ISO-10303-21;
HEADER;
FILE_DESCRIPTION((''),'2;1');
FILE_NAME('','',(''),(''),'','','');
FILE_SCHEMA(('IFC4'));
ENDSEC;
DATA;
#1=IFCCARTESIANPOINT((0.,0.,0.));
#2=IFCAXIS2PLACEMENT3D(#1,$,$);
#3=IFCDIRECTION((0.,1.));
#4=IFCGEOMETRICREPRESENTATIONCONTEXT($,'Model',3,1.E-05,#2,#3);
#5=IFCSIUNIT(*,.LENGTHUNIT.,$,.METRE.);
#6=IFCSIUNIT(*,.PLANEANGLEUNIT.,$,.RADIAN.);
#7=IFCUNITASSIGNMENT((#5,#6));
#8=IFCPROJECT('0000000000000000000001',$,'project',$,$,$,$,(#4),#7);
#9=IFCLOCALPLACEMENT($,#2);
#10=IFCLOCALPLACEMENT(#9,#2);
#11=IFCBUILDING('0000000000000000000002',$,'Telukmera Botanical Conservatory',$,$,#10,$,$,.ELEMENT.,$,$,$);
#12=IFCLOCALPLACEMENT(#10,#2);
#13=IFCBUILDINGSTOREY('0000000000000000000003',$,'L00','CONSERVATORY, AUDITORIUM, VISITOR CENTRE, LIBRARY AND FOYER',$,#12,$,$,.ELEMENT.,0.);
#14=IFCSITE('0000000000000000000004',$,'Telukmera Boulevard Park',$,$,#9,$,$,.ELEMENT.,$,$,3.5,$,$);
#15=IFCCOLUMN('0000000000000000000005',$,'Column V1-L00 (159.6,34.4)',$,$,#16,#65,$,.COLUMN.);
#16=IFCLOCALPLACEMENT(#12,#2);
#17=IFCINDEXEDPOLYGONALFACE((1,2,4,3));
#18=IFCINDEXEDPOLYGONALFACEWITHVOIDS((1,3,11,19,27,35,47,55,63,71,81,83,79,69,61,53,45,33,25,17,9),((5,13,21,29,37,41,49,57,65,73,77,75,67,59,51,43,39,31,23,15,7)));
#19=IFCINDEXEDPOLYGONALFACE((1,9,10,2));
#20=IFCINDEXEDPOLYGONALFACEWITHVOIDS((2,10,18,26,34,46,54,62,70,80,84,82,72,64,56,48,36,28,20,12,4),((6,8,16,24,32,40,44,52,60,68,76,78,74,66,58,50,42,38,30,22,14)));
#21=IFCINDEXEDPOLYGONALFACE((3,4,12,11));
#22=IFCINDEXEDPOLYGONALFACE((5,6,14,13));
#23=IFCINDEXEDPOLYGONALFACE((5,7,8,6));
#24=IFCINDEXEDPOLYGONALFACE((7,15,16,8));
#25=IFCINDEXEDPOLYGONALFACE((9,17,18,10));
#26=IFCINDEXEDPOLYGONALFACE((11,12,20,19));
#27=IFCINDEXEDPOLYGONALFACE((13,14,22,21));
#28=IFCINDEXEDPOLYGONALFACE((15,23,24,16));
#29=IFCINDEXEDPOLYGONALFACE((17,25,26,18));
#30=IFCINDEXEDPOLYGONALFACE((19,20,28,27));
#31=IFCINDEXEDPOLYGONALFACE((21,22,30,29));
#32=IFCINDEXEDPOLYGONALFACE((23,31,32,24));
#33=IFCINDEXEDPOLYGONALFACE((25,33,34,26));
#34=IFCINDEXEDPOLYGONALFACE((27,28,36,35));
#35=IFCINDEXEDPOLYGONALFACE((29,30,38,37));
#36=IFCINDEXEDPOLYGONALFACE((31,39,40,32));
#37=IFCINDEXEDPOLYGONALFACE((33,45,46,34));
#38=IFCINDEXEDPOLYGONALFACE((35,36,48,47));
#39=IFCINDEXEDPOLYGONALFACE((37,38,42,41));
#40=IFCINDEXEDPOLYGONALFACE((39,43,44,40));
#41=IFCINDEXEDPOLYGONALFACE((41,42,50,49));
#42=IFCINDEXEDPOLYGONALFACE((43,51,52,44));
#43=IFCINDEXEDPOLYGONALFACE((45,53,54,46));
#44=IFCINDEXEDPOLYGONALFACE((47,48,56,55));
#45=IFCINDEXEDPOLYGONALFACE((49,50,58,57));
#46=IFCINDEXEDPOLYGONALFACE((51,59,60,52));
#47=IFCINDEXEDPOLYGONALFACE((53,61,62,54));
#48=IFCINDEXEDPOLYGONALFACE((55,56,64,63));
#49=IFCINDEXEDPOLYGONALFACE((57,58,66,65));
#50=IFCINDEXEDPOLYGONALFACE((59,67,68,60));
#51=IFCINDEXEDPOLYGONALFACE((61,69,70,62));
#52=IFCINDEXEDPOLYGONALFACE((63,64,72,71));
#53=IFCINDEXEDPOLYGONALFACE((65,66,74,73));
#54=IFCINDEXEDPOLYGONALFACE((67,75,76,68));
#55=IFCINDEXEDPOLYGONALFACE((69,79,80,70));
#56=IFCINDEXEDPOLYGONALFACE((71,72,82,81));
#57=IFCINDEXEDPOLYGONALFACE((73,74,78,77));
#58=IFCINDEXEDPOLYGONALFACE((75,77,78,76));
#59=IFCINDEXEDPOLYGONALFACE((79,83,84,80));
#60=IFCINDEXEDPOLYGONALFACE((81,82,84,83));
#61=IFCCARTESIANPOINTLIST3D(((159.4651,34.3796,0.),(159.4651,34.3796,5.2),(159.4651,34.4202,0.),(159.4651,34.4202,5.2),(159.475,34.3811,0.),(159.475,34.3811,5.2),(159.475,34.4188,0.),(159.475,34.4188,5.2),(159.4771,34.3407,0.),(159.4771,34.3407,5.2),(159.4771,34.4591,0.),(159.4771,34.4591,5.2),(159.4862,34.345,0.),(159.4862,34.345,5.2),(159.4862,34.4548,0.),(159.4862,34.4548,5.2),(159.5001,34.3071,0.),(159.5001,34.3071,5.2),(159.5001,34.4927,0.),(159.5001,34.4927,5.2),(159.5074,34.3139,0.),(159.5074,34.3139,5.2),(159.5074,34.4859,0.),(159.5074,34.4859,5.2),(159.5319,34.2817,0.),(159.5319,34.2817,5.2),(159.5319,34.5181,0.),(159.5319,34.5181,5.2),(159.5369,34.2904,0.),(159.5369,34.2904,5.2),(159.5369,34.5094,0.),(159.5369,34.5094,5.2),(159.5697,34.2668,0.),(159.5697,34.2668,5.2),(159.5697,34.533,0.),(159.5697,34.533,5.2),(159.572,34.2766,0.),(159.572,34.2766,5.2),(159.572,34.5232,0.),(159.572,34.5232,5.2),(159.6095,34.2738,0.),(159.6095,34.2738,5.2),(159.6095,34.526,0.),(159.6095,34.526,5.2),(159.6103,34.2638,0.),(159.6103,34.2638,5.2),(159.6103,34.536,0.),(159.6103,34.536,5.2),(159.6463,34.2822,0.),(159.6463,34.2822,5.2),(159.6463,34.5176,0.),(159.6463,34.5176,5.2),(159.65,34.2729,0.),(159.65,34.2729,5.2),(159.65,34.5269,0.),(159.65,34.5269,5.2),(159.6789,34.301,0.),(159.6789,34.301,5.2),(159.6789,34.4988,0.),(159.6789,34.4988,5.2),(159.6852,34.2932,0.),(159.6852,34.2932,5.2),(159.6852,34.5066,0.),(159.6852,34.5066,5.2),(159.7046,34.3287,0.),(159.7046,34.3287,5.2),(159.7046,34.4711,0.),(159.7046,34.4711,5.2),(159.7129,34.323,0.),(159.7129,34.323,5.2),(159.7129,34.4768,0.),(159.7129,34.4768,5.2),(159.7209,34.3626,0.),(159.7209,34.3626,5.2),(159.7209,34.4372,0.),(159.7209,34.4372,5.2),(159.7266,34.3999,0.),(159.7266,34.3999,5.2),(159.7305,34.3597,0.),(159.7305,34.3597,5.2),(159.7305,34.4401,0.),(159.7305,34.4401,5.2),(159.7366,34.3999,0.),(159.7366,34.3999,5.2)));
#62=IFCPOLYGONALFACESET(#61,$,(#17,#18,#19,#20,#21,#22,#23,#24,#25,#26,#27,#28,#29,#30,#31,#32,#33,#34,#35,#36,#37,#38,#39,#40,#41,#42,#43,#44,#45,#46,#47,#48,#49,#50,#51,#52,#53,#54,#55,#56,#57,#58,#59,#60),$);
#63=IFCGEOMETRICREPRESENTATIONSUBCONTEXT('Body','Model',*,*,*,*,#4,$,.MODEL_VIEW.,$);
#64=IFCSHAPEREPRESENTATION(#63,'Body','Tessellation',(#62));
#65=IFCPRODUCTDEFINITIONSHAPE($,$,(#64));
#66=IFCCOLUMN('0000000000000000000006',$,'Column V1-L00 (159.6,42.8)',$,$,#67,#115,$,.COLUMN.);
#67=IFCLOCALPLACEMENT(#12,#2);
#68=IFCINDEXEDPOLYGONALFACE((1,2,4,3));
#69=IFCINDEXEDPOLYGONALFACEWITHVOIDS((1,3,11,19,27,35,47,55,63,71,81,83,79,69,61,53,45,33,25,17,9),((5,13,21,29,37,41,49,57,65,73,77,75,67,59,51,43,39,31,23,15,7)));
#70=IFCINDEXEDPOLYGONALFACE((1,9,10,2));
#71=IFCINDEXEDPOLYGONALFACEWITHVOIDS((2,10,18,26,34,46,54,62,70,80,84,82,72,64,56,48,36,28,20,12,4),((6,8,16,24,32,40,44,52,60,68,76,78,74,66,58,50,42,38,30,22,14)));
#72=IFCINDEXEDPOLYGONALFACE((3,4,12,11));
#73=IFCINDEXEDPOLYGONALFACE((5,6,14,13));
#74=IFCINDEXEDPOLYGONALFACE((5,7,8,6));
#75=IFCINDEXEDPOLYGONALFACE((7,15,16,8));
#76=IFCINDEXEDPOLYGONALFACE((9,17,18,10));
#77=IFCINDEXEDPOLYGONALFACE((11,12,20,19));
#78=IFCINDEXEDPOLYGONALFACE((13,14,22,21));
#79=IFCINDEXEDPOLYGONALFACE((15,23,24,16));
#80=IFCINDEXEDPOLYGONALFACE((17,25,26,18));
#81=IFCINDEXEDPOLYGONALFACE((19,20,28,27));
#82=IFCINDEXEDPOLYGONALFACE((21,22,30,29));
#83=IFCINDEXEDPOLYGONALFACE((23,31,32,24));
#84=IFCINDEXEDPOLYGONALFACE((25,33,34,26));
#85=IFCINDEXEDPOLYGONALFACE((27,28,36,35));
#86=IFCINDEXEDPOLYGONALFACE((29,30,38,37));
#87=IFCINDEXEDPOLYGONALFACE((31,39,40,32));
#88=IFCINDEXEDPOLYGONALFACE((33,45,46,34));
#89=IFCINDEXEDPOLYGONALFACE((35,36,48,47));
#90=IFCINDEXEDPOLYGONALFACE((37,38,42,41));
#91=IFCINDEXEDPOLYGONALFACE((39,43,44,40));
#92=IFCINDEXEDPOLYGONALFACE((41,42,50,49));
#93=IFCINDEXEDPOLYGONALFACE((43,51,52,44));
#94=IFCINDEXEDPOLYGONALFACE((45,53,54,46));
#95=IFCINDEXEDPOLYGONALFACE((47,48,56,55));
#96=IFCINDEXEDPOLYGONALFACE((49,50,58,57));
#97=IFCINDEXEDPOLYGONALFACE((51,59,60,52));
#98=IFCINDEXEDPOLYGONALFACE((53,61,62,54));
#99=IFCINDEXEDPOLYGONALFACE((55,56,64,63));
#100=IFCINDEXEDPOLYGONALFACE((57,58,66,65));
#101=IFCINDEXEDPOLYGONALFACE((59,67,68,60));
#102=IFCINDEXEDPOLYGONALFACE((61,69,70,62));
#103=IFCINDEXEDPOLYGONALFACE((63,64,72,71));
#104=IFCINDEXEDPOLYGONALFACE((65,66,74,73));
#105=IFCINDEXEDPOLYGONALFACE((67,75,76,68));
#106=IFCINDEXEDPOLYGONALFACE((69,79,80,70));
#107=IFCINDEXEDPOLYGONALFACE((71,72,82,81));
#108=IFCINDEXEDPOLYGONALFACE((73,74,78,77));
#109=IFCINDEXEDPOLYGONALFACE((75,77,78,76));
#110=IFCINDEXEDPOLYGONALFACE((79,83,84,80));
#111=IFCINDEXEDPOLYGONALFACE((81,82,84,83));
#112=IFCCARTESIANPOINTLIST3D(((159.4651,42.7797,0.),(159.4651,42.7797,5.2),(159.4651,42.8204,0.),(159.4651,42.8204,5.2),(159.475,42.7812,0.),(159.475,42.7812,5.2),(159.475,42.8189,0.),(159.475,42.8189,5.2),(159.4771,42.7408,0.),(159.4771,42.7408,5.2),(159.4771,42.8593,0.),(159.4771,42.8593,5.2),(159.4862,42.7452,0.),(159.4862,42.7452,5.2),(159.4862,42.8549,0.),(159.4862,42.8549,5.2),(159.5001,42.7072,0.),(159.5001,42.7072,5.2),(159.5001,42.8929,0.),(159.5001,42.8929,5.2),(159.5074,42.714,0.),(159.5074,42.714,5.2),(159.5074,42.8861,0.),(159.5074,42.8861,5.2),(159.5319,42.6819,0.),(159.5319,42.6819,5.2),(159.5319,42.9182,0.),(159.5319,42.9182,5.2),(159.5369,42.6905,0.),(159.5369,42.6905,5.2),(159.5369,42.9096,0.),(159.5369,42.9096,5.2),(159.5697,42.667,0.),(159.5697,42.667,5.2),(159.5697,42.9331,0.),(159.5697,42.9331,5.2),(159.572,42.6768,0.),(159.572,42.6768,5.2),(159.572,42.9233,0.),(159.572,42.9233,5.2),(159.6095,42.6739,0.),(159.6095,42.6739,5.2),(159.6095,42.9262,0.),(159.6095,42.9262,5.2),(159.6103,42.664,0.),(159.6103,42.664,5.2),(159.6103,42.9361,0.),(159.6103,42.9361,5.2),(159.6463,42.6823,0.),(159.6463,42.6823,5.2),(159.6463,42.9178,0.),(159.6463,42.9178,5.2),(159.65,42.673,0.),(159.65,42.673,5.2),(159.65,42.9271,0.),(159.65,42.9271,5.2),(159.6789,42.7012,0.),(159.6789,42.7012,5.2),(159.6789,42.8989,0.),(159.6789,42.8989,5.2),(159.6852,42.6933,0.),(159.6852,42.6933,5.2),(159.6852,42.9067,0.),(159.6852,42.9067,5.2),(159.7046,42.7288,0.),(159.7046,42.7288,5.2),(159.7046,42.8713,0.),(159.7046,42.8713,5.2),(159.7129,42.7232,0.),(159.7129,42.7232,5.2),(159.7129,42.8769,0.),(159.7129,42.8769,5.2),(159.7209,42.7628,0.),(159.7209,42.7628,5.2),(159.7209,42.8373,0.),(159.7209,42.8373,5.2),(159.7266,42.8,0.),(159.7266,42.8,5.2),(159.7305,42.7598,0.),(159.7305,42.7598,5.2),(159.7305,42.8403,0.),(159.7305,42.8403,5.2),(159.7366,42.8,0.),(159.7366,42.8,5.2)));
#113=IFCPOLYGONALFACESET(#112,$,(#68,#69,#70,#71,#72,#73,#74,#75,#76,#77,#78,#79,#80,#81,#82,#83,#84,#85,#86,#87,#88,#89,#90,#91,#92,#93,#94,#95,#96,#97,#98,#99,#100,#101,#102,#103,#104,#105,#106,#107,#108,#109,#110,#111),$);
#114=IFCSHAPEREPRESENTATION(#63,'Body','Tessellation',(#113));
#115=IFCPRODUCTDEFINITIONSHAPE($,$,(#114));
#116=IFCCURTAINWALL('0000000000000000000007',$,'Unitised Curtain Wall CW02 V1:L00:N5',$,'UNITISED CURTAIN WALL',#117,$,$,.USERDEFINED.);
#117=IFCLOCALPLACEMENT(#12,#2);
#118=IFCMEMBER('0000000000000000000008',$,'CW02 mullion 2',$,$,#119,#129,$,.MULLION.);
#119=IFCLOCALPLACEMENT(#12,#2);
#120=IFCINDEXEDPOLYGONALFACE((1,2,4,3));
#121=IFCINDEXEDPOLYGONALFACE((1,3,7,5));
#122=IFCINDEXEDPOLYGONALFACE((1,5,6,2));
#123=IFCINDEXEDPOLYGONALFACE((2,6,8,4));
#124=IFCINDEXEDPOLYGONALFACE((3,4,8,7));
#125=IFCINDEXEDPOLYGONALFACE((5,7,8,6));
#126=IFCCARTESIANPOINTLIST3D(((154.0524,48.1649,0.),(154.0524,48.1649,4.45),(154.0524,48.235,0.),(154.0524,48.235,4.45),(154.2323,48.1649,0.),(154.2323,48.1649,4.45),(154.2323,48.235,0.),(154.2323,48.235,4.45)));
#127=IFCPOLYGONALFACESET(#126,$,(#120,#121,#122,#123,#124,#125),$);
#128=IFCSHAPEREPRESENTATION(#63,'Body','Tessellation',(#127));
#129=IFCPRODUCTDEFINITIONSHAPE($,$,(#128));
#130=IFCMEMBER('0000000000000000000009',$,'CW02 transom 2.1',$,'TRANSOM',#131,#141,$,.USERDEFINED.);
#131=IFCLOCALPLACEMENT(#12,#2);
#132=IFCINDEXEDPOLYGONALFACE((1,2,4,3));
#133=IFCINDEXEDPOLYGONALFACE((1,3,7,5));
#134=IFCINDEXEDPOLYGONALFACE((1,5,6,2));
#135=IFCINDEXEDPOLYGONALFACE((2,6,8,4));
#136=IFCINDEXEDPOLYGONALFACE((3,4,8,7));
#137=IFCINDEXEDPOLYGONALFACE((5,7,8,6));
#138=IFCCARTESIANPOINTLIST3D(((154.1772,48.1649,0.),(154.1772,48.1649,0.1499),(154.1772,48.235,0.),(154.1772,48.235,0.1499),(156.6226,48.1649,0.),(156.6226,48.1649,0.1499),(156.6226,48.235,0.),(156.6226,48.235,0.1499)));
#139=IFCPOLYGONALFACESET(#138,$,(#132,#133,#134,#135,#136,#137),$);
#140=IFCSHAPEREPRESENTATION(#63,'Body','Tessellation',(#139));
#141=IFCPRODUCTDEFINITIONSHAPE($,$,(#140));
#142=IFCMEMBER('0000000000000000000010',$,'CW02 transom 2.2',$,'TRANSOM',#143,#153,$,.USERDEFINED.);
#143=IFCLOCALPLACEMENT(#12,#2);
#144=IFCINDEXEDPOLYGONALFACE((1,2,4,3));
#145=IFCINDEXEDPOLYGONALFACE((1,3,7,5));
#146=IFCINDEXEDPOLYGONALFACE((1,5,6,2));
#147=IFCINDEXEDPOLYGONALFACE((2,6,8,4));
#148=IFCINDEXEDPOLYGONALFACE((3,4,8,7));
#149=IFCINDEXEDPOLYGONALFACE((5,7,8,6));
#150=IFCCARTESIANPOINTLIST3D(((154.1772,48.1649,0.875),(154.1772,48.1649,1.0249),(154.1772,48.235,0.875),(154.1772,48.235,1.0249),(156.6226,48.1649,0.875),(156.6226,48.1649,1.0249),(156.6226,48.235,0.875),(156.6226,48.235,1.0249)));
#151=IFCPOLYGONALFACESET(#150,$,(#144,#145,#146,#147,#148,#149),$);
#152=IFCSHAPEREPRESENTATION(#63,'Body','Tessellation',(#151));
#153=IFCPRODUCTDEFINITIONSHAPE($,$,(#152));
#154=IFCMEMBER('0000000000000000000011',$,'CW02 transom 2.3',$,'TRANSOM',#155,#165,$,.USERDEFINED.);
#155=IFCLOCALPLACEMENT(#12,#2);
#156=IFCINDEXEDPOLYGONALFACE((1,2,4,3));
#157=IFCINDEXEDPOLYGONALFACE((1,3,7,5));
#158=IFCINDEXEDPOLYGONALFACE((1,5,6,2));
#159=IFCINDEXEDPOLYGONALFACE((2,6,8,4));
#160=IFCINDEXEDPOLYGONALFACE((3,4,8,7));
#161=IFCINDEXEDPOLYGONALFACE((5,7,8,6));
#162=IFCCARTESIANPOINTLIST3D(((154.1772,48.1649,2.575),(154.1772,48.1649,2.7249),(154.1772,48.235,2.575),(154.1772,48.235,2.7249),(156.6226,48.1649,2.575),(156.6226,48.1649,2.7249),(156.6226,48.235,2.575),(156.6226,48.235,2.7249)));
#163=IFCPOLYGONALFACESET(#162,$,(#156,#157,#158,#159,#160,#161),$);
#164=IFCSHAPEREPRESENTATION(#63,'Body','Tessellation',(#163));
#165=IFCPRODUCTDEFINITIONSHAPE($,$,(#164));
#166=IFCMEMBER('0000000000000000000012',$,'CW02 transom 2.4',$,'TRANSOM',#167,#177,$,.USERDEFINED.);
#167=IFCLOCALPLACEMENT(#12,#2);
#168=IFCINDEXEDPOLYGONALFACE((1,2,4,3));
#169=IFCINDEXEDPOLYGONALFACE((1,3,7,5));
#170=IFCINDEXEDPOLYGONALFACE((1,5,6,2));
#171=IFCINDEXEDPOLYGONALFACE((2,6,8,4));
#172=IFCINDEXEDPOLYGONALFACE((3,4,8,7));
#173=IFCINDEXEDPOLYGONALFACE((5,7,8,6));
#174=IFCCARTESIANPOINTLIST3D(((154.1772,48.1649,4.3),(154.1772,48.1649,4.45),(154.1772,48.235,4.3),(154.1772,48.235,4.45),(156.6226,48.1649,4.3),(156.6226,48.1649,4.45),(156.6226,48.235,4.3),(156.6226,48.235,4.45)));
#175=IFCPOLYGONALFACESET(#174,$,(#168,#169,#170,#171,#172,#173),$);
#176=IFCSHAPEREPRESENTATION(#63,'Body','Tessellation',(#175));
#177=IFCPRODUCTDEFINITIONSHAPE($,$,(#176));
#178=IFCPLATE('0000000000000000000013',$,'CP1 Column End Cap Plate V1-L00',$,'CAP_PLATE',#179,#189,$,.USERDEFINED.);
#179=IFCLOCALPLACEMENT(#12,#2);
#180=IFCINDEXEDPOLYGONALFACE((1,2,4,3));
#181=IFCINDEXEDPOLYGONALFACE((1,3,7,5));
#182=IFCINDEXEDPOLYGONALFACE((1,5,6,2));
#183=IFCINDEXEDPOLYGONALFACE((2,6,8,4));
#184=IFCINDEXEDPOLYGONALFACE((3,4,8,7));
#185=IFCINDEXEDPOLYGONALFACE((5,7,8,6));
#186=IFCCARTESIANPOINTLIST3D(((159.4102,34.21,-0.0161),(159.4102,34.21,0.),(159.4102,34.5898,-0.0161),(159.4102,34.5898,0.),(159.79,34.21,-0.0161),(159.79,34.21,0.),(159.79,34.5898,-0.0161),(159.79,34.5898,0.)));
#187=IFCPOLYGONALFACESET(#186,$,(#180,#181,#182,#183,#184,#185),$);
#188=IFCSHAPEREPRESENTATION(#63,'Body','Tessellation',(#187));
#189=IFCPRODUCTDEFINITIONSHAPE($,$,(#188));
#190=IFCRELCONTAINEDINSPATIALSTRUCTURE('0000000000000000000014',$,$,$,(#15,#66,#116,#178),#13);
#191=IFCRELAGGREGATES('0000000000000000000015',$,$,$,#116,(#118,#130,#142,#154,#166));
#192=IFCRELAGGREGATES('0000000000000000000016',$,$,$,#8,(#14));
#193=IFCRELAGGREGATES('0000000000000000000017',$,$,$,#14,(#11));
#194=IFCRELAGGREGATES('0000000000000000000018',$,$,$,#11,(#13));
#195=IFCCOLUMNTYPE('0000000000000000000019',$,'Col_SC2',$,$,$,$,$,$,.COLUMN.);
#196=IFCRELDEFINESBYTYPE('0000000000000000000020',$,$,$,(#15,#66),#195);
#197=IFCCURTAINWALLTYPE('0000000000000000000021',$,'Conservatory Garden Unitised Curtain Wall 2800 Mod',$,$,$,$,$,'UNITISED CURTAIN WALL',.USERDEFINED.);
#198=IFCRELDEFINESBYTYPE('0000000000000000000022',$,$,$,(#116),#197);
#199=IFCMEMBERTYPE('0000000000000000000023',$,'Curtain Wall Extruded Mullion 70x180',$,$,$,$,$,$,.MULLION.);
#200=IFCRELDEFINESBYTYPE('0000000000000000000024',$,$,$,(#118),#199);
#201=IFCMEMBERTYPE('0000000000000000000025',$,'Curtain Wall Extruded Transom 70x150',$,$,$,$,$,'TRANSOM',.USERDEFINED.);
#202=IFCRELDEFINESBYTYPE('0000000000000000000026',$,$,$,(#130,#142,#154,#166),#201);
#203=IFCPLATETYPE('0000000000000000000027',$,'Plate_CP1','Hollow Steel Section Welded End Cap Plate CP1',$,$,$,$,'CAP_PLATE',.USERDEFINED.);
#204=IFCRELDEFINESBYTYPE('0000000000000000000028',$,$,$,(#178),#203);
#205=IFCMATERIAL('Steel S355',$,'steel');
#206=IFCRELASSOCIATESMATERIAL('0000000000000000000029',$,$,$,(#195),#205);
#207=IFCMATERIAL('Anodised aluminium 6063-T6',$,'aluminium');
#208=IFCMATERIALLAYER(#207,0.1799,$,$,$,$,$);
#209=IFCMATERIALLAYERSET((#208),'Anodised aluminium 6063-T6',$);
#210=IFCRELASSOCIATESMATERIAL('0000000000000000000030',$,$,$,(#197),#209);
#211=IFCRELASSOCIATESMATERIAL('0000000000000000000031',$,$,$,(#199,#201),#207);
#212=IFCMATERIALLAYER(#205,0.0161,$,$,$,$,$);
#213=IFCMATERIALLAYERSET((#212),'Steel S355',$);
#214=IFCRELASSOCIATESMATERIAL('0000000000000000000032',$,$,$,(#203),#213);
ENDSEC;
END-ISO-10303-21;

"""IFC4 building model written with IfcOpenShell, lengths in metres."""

from ifc_helpers import new_model, si_unit, direction, frame, origin, origin_2d, place, context, subcontext, project, spatial, rectangle, hollow_circle, extrude, material, layer, layer_set, material_profile, profile_set, type_object, element, aggregate, save


model = new_model("IFC4")

# Units and contexts
model_context = context("Model", 3, precision=1e-05, world=origin(), true_north=direction((0.0, 1.0)))
body_context = subcontext(model_context, "Body", "Model", "MODEL_VIEW")
ifc_project = project(units=[si_unit("LENGTHUNIT", "METRE"), si_unit("PLANEANGLEUNIT", "RADIAN")], contexts=[model_context])

# Site, building, storey
site_placement = place(None, origin())
site = spatial("IfcSite", under=ifc_project, at=site_placement, Name="Telukmera Boulevard Park", CompositionType="ELEMENT", RefElevation=3.5)
building_placement = place(site_placement, origin())
building = spatial("IfcBuilding", under=site, at=building_placement, Name="Telukmera Botanical Conservatory", CompositionType="ELEMENT")
storey_placement = place(building_placement, origin())
storey = spatial("IfcBuildingStorey", under=building, at=storey_placement, Name="L00", Description="CONSERVATORY, AUDITORIUM, VISITOR CENTRE, LIBRARY AND FOYER", CompositionType="ELEMENT", Elevation=0.0)

# Columns
ifc_material_1 = material(Name="Steel S355", Category="steel")
ifc_material_profile_1 = material_profile(ifc_material_1, hollow_circle(Radius=0.1365, WallThickness=0.01, at=origin_2d()), Name="CHS 273.0x10.0")
ifc_profile_set_1 = profile_set([ifc_material_profile_1], Name="Steel S355")
column_type = type_object("IfcColumnType", Name="Col_SC2", PredefinedType="COLUMN", material=ifc_profile_set_1)
for number, where, z_axis, x_axis, name in (
    (1, (159.6001, 34.3999, 0.0), (0.0, 0.0, 1.0), (1.0, 0.0, 0.0), "Column V1-L00 (159.6,34.4)"),
    (2, (159.6001, 42.8, 0.0), (0.0, 0.0, 1.0), (1.0, 0.0, 0.0), "Column V1-L00 (159.6,42.8)"),
):
    element("IfcColumn", number, at=place(storey_placement, frame(where, z_axis=z_axis, x_axis=x_axis)), inside=storey, type_object=column_type, Name=name, PredefinedType="COLUMN", context=body_context, shape_type="SweptSolid", body=[
        extrude(hollow_circle(Radius=0.1365, WallThickness=0.01, at=origin_2d()), origin(), (0.0, 0.0, 1.0), 5.2),
    ])

# Curtain wall, members
ifc_material_2 = material(Name="Anodised aluminium 6063-T6", Category="aluminium")
ifc_layer_1 = layer(ifc_material_2, 0.1799)
ifc_layer_set_1 = layer_set([ifc_layer_1], Name="Anodised aluminium 6063-T6")
curtain_wall_type = type_object("IfcCurtainWallType", Name="Conservatory Garden Unitised Curtain Wall 2800 Mod", ElementType="UNITISED CURTAIN WALL", PredefinedType="USERDEFINED", material=ifc_layer_set_1)
curtain_wall_placement = place(storey_placement, origin())
curtain_wall = element("IfcCurtainWall", 3, at=curtain_wall_placement, inside=storey, type_object=curtain_wall_type, Name="Unitised Curtain Wall CW02 V1:L00:N5", ObjectType="UNITISED CURTAIN WALL", PredefinedType="USERDEFINED")
ifc_material_profile_2 = material_profile(ifc_material_2, rectangle(XDim=0.0701, YDim=0.1799, at=origin_2d()), Name="ALU MULL 70x180")
ifc_profile_set_2 = profile_set([ifc_material_profile_2], Name="Anodised aluminium 6063-T6")
member_type_1 = type_object("IfcMemberType", Name="Curtain Wall Extruded Mullion 70x180", PredefinedType="MULLION", material=ifc_profile_set_2)
member_1_placement = place(storey_placement, frame((154.1423, 48.2, 0.0), z_axis=(0.0, 0.0, 1.0), x_axis=(0.0, 1.0, 0.0)))
member_1 = element("IfcMember", 4, at=member_1_placement, type_object=member_type_1, Name="CW02 mullion 2", PredefinedType="MULLION", context=body_context, shape_type="SweptSolid", body=[
    extrude(rectangle(XDim=0.0701, YDim=0.1799, at=origin_2d()), origin(), (0.0, 0.0, 1.0), 4.45),
])
ifc_material_profile_3 = material_profile(ifc_material_2, rectangle(XDim=0.0701, YDim=0.1499, at=origin_2d()), Name="ALU TRAN 70x150")
ifc_profile_set_3 = profile_set([ifc_material_profile_3], Name="Anodised aluminium 6063-T6")
member_type_2 = type_object("IfcMemberType", Name="Curtain Wall Extruded Transom 70x150", ElementType="TRANSOM", PredefinedType="USERDEFINED", material=ifc_profile_set_3)
member_2_placement = place(storey_placement, frame((154.1772, 48.2, 0.075), z_axis=(1.0, 0.0, 0.0), x_axis=(0.0, 1.0, 0.0)))
member_2 = element("IfcMember", 5, at=member_2_placement, type_object=member_type_2, Name="CW02 transom 2.1", ObjectType="TRANSOM", PredefinedType="USERDEFINED", context=body_context, shape_type="SweptSolid", body=[
    extrude(rectangle(XDim=0.0701, YDim=0.1499, at=origin_2d()), origin(), (0.0, 0.0, 1.0), 2.4453),
])
member_3_placement = place(storey_placement, frame((154.1772, 48.2, 0.95), z_axis=(1.0, 0.0, 0.0), x_axis=(0.0, 1.0, 0.0)))
member_3 = element("IfcMember", 6, at=member_3_placement, type_object=member_type_2, Name="CW02 transom 2.2", ObjectType="TRANSOM", PredefinedType="USERDEFINED", context=body_context, shape_type="SweptSolid", body=[
    extrude(rectangle(XDim=0.0701, YDim=0.1499, at=origin_2d()), origin(), (0.0, 0.0, 1.0), 2.4453),
])
member_4_placement = place(storey_placement, frame((154.1772, 48.2, 2.6499), z_axis=(1.0, 0.0, 0.0), x_axis=(0.0, 1.0, 0.0)))
member_4 = element("IfcMember", 7, at=member_4_placement, type_object=member_type_2, Name="CW02 transom 2.3", ObjectType="TRANSOM", PredefinedType="USERDEFINED", context=body_context, shape_type="SweptSolid", body=[
    extrude(rectangle(XDim=0.0701, YDim=0.1499, at=origin_2d()), origin(), (0.0, 0.0, 1.0), 2.4453),
])
member_5_placement = place(storey_placement, frame((154.1772, 48.2, 4.375), z_axis=(1.0, 0.0, 0.0), x_axis=(0.0, 1.0, 0.0)))
member_5 = element("IfcMember", 8, at=member_5_placement, type_object=member_type_2, Name="CW02 transom 2.4", ObjectType="TRANSOM", PredefinedType="USERDEFINED", context=body_context, shape_type="SweptSolid", body=[
    extrude(rectangle(XDim=0.0701, YDim=0.1499, at=origin_2d()), origin(), (0.0, 0.0, 1.0), 2.4453),
])

# Plate
ifc_layer_2 = layer(ifc_material_1, 0.0161)
ifc_layer_set_2 = layer_set([ifc_layer_2], Name="Steel S355")
plate_type_1 = type_object("IfcPlateType", Name="Plate_CP1", Description="Hollow Steel Section Welded End Cap Plate CP1", ElementType="CAP_PLATE", PredefinedType="USERDEFINED", material=ifc_layer_set_2)
for number, where, z_axis, x_axis, name in (
    (9, (159.6001, 34.3999, -0.0161), (0.0, 0.0, 1.0), (1.0, 0.0, 0.0), "CP1 Column End Cap Plate V1-L00"),
):
    element("IfcPlate", number, at=place(storey_placement, frame(where, z_axis=z_axis, x_axis=x_axis)), inside=storey, type_object=plate_type_1, Name=name, ObjectType="CAP_PLATE", PredefinedType="USERDEFINED", context=body_context, shape_type="SweptSolid", body=[
        extrude(rectangle(XDim=0.3799, YDim=0.3799, at=origin_2d()), origin(), (0.0, 0.0, 1.0), 0.0161),
    ])

aggregate(curtain_wall, [member_1, member_2, member_3, member_4, member_5])

save(model, "model.ifc")
